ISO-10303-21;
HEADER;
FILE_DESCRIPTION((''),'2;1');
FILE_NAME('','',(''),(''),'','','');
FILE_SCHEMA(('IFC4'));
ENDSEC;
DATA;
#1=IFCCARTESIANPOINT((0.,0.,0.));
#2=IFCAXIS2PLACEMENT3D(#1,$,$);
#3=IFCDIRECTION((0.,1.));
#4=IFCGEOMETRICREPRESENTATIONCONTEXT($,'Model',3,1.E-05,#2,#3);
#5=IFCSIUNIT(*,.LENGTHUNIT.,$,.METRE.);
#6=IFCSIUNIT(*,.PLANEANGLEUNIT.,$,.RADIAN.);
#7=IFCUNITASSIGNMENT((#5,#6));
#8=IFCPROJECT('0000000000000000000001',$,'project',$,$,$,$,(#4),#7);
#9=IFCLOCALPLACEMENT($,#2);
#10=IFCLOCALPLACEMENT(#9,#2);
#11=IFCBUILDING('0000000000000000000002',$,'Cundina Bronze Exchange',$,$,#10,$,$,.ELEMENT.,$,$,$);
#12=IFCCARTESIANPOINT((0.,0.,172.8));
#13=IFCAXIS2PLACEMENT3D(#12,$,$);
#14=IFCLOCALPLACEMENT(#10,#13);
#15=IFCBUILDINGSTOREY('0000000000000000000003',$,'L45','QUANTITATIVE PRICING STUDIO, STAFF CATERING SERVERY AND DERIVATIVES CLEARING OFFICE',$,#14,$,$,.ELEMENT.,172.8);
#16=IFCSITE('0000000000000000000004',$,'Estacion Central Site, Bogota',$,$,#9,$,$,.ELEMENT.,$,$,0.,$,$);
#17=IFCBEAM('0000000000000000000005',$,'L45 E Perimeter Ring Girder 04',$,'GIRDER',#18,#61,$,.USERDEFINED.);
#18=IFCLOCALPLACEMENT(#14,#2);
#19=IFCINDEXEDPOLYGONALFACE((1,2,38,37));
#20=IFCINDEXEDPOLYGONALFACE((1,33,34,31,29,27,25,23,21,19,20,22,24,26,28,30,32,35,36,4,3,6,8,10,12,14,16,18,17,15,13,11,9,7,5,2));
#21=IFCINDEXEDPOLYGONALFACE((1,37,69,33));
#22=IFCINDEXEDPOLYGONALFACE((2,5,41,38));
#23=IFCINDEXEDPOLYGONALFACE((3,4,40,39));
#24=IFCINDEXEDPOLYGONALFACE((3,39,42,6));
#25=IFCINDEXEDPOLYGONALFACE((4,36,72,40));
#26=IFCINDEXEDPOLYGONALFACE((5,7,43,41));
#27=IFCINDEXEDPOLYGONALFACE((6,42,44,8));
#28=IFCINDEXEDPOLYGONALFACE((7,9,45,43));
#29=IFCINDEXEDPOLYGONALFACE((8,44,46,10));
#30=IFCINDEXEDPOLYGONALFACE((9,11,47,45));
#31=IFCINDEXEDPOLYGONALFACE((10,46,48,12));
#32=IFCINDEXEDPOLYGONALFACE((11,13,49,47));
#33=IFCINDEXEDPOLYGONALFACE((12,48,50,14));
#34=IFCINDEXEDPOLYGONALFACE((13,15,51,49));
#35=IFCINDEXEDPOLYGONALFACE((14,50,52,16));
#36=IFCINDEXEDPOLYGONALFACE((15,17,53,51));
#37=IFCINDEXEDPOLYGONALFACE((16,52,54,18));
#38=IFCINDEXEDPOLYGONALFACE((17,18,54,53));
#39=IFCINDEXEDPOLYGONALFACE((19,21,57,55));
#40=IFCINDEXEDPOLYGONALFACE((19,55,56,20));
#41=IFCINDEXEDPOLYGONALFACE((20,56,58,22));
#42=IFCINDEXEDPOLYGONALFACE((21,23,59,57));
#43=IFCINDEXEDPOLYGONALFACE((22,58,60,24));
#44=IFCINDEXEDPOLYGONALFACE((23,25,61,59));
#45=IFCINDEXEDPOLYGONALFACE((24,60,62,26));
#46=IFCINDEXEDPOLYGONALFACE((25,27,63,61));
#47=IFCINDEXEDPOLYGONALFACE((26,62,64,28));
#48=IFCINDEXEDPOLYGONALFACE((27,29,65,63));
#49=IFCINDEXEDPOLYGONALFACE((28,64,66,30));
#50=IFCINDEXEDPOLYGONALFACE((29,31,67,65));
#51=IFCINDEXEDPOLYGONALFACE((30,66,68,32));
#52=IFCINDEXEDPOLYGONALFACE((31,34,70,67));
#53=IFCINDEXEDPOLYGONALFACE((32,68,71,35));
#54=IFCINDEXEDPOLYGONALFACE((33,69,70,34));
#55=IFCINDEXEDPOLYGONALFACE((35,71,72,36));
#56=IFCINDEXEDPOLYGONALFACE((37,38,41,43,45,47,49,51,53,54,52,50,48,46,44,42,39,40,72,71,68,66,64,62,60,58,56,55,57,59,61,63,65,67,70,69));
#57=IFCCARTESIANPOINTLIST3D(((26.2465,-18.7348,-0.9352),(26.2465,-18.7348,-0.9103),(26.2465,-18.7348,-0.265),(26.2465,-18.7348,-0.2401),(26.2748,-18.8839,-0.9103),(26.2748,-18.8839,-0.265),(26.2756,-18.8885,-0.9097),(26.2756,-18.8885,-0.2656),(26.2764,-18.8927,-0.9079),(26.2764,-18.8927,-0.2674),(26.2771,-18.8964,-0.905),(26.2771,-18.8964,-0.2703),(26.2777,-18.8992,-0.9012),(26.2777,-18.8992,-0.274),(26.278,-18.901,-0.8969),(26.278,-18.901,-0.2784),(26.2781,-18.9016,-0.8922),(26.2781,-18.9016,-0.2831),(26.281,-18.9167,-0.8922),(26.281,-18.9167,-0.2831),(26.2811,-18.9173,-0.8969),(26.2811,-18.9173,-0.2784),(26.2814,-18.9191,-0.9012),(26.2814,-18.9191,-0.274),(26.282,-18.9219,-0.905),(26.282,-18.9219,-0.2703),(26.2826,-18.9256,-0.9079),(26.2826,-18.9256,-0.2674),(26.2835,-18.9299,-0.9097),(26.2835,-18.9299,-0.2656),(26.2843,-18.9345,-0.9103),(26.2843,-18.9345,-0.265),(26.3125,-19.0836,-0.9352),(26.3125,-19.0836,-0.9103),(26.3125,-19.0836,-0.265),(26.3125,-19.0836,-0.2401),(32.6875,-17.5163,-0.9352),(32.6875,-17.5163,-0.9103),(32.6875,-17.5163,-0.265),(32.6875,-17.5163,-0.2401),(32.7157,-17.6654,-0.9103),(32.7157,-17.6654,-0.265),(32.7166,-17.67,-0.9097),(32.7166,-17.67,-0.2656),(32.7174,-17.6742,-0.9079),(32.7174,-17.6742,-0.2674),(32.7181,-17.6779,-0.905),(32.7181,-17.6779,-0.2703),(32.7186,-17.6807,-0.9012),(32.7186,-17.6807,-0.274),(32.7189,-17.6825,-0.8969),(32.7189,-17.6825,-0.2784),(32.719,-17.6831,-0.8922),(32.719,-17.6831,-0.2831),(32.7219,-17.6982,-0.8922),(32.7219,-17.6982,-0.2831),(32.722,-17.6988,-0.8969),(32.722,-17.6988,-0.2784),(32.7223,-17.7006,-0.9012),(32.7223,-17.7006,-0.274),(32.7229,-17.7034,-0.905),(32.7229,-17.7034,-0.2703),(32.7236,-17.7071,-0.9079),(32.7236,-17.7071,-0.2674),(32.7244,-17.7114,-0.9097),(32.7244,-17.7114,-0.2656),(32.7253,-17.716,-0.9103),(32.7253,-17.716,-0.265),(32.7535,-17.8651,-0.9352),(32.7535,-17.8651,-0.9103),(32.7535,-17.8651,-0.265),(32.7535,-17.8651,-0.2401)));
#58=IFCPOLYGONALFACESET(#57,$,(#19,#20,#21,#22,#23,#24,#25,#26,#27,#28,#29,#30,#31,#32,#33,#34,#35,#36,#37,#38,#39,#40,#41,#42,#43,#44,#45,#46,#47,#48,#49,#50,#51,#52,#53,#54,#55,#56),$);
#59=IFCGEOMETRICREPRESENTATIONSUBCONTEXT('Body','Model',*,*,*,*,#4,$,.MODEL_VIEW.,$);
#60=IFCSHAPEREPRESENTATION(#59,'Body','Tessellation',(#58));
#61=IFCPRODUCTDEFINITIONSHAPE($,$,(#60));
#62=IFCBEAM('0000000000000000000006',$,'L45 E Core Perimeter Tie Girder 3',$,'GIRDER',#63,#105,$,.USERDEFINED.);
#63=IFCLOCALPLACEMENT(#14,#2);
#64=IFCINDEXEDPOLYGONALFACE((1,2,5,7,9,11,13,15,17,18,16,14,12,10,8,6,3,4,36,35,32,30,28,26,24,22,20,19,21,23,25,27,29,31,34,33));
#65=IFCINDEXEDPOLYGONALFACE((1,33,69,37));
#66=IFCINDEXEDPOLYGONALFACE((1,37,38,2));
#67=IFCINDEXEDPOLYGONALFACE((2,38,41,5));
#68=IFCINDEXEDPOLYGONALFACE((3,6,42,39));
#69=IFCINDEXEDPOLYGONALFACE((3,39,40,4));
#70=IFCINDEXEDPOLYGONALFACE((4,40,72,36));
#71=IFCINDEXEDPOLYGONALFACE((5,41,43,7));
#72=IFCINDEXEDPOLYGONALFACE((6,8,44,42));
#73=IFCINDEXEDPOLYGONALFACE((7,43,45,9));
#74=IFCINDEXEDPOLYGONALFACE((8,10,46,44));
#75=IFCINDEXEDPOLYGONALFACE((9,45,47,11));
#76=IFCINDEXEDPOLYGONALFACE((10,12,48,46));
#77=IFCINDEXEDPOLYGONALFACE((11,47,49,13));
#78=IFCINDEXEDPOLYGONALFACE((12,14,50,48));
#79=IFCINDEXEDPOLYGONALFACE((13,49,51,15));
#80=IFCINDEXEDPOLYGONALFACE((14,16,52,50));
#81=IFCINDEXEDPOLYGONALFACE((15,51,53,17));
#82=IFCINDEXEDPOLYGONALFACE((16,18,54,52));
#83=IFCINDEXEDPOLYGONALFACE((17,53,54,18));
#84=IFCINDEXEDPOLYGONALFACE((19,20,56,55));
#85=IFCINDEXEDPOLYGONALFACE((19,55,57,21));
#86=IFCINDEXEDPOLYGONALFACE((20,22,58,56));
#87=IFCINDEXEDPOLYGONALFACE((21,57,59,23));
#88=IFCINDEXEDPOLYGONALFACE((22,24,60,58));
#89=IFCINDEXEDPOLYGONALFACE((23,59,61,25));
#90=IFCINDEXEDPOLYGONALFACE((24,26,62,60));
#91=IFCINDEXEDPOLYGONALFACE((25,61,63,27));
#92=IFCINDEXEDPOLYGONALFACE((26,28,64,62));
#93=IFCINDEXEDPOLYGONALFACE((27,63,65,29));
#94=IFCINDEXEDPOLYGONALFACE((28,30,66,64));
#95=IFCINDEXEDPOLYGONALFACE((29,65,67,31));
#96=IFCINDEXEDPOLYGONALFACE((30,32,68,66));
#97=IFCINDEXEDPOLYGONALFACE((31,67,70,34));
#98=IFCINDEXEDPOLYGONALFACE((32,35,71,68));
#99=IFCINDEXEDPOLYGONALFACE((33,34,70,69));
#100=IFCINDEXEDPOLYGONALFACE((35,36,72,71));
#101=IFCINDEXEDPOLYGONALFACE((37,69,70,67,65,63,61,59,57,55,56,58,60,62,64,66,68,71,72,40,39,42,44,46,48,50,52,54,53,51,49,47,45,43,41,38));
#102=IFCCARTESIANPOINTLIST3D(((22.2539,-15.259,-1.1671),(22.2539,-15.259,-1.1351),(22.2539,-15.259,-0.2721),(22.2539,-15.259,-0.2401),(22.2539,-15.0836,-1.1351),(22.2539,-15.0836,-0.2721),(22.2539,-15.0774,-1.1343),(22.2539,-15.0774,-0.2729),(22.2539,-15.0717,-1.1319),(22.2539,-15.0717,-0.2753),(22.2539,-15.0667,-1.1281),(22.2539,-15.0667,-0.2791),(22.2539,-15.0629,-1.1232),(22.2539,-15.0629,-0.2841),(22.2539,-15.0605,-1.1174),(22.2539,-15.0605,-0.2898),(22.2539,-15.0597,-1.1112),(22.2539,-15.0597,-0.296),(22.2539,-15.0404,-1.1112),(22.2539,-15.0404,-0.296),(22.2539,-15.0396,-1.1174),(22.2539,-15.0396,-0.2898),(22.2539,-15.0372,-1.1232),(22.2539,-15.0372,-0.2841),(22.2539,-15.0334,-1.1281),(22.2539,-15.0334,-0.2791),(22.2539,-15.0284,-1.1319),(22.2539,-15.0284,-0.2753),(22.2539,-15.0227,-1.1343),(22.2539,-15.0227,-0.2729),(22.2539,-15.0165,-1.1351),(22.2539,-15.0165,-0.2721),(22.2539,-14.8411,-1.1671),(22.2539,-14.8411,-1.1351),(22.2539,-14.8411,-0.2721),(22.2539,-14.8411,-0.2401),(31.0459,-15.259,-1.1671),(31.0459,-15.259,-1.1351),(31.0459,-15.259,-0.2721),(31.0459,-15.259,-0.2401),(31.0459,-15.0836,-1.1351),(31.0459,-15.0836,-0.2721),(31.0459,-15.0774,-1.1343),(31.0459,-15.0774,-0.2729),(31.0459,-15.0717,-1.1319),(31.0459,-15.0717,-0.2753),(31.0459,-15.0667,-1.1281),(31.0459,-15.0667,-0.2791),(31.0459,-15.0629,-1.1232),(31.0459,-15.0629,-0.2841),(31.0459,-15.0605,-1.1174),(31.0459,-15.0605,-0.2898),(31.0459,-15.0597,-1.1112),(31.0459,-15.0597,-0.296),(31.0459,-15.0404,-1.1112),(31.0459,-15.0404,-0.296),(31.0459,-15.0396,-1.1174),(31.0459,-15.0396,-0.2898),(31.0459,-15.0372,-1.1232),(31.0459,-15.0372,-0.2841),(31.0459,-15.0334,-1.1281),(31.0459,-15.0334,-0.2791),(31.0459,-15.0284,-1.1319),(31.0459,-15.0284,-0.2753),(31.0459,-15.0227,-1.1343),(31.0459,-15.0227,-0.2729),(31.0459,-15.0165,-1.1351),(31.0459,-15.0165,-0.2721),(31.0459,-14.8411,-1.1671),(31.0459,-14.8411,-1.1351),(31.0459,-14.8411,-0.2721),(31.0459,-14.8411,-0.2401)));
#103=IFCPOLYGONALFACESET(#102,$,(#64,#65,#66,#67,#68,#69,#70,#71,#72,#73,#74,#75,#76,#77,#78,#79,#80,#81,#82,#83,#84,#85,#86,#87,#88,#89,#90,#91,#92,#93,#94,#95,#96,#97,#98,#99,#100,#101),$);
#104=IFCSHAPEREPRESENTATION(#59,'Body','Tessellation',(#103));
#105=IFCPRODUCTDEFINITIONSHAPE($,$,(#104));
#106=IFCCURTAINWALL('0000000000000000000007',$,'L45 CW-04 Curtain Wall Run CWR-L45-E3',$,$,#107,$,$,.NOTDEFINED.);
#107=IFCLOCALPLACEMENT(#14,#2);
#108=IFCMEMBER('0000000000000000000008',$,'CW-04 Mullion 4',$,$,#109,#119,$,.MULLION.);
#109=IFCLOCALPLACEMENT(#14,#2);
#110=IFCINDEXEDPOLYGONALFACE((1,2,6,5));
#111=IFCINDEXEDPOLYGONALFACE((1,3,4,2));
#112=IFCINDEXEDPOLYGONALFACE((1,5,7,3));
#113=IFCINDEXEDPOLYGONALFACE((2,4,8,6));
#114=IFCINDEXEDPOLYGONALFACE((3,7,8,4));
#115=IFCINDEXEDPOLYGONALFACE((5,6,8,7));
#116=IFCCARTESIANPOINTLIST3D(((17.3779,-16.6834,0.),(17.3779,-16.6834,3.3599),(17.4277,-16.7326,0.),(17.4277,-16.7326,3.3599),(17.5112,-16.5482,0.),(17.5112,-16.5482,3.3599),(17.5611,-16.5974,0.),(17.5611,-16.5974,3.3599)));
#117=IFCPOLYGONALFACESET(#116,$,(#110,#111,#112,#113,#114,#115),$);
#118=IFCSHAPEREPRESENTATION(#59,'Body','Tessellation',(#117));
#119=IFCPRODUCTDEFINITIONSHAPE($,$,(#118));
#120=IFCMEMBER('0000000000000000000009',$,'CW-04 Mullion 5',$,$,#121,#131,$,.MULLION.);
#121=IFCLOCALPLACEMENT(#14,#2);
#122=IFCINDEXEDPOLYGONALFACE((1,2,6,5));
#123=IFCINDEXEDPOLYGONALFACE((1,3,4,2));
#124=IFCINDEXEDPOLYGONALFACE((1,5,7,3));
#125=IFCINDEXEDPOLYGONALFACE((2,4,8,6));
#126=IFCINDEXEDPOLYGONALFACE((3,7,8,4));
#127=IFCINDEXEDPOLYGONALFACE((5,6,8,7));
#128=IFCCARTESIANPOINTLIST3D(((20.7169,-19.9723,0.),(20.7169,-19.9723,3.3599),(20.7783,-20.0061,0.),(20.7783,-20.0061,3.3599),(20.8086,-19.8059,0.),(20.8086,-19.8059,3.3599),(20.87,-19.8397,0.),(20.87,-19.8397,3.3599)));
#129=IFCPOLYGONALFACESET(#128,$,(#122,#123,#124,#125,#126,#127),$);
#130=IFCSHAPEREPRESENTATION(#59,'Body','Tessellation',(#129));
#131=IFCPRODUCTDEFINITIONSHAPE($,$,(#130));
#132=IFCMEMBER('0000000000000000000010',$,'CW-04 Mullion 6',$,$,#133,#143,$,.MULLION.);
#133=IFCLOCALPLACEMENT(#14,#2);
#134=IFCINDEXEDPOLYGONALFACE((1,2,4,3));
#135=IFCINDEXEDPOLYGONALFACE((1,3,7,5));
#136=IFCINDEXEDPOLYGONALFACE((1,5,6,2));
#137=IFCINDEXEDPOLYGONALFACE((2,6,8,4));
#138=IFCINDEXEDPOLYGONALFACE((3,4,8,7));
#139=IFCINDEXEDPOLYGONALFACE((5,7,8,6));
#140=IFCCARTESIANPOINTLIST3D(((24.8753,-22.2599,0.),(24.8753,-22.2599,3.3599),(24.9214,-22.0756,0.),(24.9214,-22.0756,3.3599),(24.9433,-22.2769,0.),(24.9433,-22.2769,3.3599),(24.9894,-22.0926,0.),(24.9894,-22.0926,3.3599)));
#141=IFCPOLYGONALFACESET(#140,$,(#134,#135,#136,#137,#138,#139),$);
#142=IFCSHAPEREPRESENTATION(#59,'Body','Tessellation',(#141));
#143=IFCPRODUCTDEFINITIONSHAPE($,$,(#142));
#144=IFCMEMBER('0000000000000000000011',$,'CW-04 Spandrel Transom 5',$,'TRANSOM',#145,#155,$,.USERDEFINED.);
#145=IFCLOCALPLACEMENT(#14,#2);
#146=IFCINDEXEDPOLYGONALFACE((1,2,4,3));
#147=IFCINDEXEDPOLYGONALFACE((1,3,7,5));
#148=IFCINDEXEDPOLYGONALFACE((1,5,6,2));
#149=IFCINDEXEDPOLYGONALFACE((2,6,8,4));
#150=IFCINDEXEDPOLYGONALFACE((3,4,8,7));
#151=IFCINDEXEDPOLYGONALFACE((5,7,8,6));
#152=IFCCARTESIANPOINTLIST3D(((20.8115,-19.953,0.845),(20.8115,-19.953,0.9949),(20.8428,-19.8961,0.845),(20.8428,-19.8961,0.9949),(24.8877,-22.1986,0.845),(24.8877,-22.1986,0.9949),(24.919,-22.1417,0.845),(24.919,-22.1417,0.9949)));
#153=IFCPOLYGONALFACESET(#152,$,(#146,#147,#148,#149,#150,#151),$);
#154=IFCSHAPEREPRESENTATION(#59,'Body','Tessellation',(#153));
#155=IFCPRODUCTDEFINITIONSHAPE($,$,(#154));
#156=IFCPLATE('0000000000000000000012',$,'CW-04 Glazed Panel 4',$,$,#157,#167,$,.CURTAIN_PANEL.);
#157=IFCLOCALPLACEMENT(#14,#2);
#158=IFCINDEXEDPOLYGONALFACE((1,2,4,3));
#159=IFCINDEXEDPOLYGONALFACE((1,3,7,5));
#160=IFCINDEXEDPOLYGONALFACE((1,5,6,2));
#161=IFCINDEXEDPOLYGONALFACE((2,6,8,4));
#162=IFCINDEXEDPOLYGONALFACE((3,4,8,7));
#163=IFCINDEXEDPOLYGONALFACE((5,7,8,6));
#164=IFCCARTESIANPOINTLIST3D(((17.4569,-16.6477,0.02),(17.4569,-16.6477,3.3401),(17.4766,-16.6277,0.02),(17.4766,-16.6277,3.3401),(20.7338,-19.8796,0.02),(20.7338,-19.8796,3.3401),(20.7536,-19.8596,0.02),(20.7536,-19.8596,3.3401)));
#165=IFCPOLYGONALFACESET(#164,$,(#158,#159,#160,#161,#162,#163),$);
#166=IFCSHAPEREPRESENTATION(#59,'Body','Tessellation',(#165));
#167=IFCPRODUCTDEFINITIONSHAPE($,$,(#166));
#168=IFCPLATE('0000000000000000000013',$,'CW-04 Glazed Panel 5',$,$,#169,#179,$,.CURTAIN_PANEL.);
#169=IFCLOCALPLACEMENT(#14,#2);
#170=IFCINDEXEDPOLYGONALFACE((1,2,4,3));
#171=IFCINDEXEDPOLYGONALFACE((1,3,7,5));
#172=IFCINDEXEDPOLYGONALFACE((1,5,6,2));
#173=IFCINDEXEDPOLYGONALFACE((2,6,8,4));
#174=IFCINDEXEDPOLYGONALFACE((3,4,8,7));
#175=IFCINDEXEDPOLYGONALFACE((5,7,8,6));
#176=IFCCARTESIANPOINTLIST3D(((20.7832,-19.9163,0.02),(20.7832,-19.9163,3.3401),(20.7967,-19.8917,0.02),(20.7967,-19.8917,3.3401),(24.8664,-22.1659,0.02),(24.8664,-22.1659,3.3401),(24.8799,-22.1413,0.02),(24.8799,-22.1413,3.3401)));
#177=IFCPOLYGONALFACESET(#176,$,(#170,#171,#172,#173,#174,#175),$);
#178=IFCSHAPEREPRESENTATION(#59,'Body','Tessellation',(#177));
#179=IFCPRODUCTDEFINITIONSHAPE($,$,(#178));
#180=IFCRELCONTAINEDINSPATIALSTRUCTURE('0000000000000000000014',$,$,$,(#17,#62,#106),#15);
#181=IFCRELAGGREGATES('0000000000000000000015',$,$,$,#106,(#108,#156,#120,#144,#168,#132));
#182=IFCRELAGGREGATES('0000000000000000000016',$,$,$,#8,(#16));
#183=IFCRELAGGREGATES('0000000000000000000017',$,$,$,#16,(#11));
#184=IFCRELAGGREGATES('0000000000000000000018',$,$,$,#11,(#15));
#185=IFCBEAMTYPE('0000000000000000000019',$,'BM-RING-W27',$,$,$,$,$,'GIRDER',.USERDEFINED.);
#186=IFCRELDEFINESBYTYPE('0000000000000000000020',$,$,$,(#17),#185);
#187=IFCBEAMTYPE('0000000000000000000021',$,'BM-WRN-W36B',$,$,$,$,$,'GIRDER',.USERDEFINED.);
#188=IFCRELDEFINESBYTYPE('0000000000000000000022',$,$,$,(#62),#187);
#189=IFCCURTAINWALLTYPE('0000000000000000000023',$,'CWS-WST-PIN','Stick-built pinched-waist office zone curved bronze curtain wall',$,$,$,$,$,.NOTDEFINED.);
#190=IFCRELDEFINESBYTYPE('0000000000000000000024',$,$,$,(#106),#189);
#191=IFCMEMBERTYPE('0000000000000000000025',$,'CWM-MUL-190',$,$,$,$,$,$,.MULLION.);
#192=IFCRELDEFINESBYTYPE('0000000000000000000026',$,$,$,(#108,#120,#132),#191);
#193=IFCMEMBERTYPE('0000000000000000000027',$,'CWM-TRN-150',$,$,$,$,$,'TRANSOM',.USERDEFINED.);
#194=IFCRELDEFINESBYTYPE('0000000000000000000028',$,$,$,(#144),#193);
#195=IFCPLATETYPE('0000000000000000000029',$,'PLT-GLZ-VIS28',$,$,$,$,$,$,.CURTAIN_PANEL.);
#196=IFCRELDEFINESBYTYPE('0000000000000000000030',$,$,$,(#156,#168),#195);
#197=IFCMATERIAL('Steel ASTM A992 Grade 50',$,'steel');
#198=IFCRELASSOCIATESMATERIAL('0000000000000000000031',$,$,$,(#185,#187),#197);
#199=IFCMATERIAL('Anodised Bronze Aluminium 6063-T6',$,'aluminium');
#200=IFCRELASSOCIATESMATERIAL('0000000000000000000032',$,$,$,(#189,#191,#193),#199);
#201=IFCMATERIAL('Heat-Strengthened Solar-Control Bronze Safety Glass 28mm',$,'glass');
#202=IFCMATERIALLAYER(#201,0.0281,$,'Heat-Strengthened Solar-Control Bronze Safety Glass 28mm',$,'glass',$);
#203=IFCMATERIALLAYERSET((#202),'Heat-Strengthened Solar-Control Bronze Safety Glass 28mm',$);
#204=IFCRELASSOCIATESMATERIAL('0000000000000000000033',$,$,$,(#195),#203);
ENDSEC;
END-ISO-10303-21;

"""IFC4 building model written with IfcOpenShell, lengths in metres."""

from ifc_helpers import new_model, si_unit, direction, frame, origin, origin_2d, place, context, subcontext, project, spatial, rectangle, i_section, extrude, material, layer, layer_set, material_profile, profile_set, type_object, element, aggregate, save


model = new_model("IFC4")

# Units and contexts
model_context = context("Model", 3, precision=1e-05, world=origin(), true_north=direction((0.0, 1.0)))
body_context = subcontext(model_context, "Body", "Model", "MODEL_VIEW")
ifc_project = project(units=[si_unit("LENGTHUNIT", "METRE"), si_unit("PLANEANGLEUNIT", "RADIAN")], contexts=[model_context])

# Site, building, storey
site_placement = place(None, origin())
site = spatial("IfcSite", under=ifc_project, at=site_placement, Name="Estacion Central Site, Bogota", CompositionType="ELEMENT", RefElevation=0.0)
building_placement = place(site_placement, origin())
building = spatial("IfcBuilding", under=site, at=building_placement, Name="Cundina Bronze Exchange", CompositionType="ELEMENT")
storey_placement = place(building_placement, frame((0.0, 0.0, 172.8)))
storey = spatial("IfcBuildingStorey", under=building, at=storey_placement, Name="L45", Description="QUANTITATIVE PRICING STUDIO, STAFF CATERING SERVERY AND DERIVATIVES CLEARING OFFICE", CompositionType="ELEMENT", Elevation=172.8)

# Shared definitions
ifc_material_1 = material(Name="Steel ASTM A992 Grade 50", Category="steel")

# Beams
ifc_material_profile_1 = material_profile(ifc_material_1, i_section(OverallWidth=0.355, OverallDepth=0.6951, WebThickness=0.0154, FlangeThickness=0.0249, FilletRadius=0.0181, at=origin_2d()), Name="W27X146", Category="steel")
ifc_profile_set_1 = profile_set([ifc_material_profile_1], Name="Steel ASTM A992 Grade 50")
beam_type_1 = type_object("IfcBeamType", Name="BM-RING-W27", ElementType="GIRDER", PredefinedType="USERDEFINED", material=ifc_profile_set_1)
beam_1_placement = place(storey_placement, frame((26.2795, -18.9092, -0.5876), z_axis=(0.982572, 0.185885, 0.0), x_axis=(-0.185885, 0.982572, 0.0)))
element("IfcBeam", 1, at=beam_1_placement, inside=storey, type_object=beam_type_1, Name="L45 E Perimeter Ring Girder 04", ObjectType="GIRDER", PredefinedType="USERDEFINED", context=body_context, shape_type="SweptSolid", body=[
    extrude(i_section(OverallWidth=0.355, OverallDepth=0.6951, WebThickness=0.0154, FlangeThickness=0.0249, FilletRadius=0.0181, at=origin_2d()), origin(), (0.0, 0.0, 1.0), 6.5552),
])
ifc_material_profile_2 = material_profile(ifc_material_1, i_section(OverallWidth=0.418, OverallDepth=0.927, WebThickness=0.0193, FlangeThickness=0.032, FilletRadius=0.0239, at=origin_2d()), Name="W36X231", Category="steel")
ifc_profile_set_2 = profile_set([ifc_material_profile_2], Name="Steel ASTM A992 Grade 50")
beam_type_2 = type_object("IfcBeamType", Name="BM-WRN-W36B", ElementType="GIRDER", PredefinedType="USERDEFINED", material=ifc_profile_set_2)
beam_2_placement = place(storey_placement, frame((22.2539, -15.05, -0.7036), z_axis=(1.0, 0.0, 0.0), x_axis=(0.0, 1.0, 0.0)))
element("IfcBeam", 2, at=beam_2_placement, inside=storey, type_object=beam_type_2, Name="L45 E Core Perimeter Tie Girder 3", ObjectType="GIRDER", PredefinedType="USERDEFINED", context=body_context, shape_type="SweptSolid", body=[
    extrude(i_section(OverallWidth=0.418, OverallDepth=0.927, WebThickness=0.0193, FlangeThickness=0.032, FilletRadius=0.0239, at=origin_2d()), origin(), (0.0, 0.0, 1.0), 8.792),
])

# Curtain wall, members, plates
ifc_material_2 = material(Name="Anodised Bronze Aluminium 6063-T6", Category="aluminium")
curtain_wall_type = type_object("IfcCurtainWallType", Name="CWS-WST-PIN", Description="Stick-built pinched-waist office zone curved bronze curtain wall", PredefinedType="NOTDEFINED", material=ifc_material_2)
curtain_wall_placement = place(storey_placement, origin())
curtain_wall = element("IfcCurtainWall", 3, at=curtain_wall_placement, inside=storey, type_object=curtain_wall_type, Name="L45 CW-04 Curtain Wall Run CWR-L45-E3", PredefinedType="NOTDEFINED")
ifc_material_profile_3 = material_profile(ifc_material_2, rectangle(XDim=0.0701, YDim=0.1899, at=origin_2d()), Name="AL70X190", Category="aluminium")
ifc_profile_set_3 = profile_set([ifc_material_profile_3], Name="Anodised Bronze Aluminium 6063-T6")
member_type_1 = type_object("IfcMemberType", Name="CWM-MUL-190", PredefinedType="MULLION", material=ifc_profile_set_3)
member_1_placement = place(storey_placement, frame((17.4695, -16.6404, 0.0), z_axis=(0.0, 0.0, 1.0), x_axis=(0.712026, -0.702153, 0.0)))
member_1 = element("IfcMember", 4, at=member_1_placement, type_object=member_type_1, Name="CW-04 Mullion 4", PredefinedType="MULLION", context=body_context, shape_type="SweptSolid", body=[
    extrude(rectangle(XDim=0.0701, YDim=0.1899, at=origin_2d()), origin(), (0.0, 0.0, 1.0), 3.3599),
])
member_2_placement = place(storey_placement, frame((20.7935, -19.906, 0.0), z_axis=(0.0, 0.0, 1.0), x_axis=(0.875886, -0.482518, 0.0)))
member_2 = element("IfcMember", 5, at=member_2_placement, type_object=member_type_1, Name="CW-04 Mullion 5", PredefinedType="MULLION", context=body_context, shape_type="SweptSolid", body=[
    extrude(rectangle(XDim=0.0701, YDim=0.1899, at=origin_2d()), origin(), (0.0, 0.0, 1.0), 3.3599),
])
member_3_placement = place(storey_placement, frame((24.9324, -22.1763, 0.0), z_axis=(0.0, 0.0, 1.0), x_axis=(0.970084, -0.242769, 0.0)))
member_3 = element("IfcMember", 6, at=member_3_placement, type_object=member_type_1, Name="CW-04 Mullion 6", PredefinedType="MULLION", context=body_context, shape_type="SweptSolid", body=[
    extrude(rectangle(XDim=0.0701, YDim=0.1899, at=origin_2d()), origin(), (0.0, 0.0, 1.0), 3.3599),
])
ifc_material_profile_4 = material_profile(ifc_material_2, rectangle(XDim=0.0649, YDim=0.1499, at=origin_2d()), Name="AL65X150", Category="aluminium")
ifc_profile_set_4 = profile_set([ifc_material_profile_4], Name="Anodised Bronze Aluminium 6063-T6")
member_type_2 = type_object("IfcMemberType", Name="CWM-TRN-150", ElementType="TRANSOM", PredefinedType="USERDEFINED", material=ifc_profile_set_4)
member_4_placement = place(storey_placement, frame((20.8271, -19.9246, 0.9199), z_axis=(0.875879, -0.482531, 0.0), x_axis=(0.482531, 0.875879, 0.0)))
member_4 = element("IfcMember", 7, at=member_4_placement, type_object=member_type_2, Name="CW-04 Spandrel Transom 5", ObjectType="TRANSOM", PredefinedType="USERDEFINED", context=body_context, shape_type="SweptSolid", body=[
    extrude(rectangle(XDim=0.0649, YDim=0.1499, at=origin_2d()), origin(), (0.0, 0.0, 1.0), 4.6538),
])
ifc_material_3 = material(Name="Heat-Strengthened Solar-Control Bronze Safety Glass 28mm", Category="glass")
ifc_layer_1 = layer(ifc_material_3, 0.0281, Name="Heat-Strengthened Solar-Control Bronze Safety Glass 28mm", Category="glass")
ifc_layer_set_1 = layer_set([ifc_layer_1], Name="Heat-Strengthened Solar-Control Bronze Safety Glass 28mm")
plate_type_1 = type_object("IfcPlateType", Name="PLT-GLZ-VIS28", PredefinedType="CURTAIN_PANEL", material=ifc_layer_set_1)
plate_1_placement = place(storey_placement, frame((19.1052, -18.2537, 0.02), z_axis=(0.0, 0.0, 1.0), x_axis=(0.711989, -0.70219, 0.0)))
plate_1 = element("IfcPlate", 8, at=plate_1_placement, type_object=plate_type_1, Name="CW-04 Glazed Panel 4", PredefinedType="CURTAIN_PANEL", context=body_context, shape_type="SweptSolid", body=[
    extrude(rectangle(XDim=4.6025, YDim=0.0281, at=origin_2d()), origin(), (0.0, 0.0, 1.0), 3.3201),
])
plate_2_placement = place(storey_placement, frame((22.8315, -21.0288, 0.02), z_axis=(0.0, 0.0, 1.0), x_axis=(0.875869, -0.482549, 0.0)))
plate_2 = element("IfcPlate", 9, at=plate_2_placement, type_object=plate_type_1, Name="CW-04 Glazed Panel 5", PredefinedType="CURTAIN_PANEL", context=body_context, shape_type="SweptSolid", body=[
    extrude(rectangle(XDim=4.6619, YDim=0.0281, at=origin_2d()), origin(), (0.0, 0.0, 1.0), 3.3201),
])
aggregate(curtain_wall, [member_1, plate_1, member_2, member_4, plate_2, member_3])

save(model, "model.ifc")
